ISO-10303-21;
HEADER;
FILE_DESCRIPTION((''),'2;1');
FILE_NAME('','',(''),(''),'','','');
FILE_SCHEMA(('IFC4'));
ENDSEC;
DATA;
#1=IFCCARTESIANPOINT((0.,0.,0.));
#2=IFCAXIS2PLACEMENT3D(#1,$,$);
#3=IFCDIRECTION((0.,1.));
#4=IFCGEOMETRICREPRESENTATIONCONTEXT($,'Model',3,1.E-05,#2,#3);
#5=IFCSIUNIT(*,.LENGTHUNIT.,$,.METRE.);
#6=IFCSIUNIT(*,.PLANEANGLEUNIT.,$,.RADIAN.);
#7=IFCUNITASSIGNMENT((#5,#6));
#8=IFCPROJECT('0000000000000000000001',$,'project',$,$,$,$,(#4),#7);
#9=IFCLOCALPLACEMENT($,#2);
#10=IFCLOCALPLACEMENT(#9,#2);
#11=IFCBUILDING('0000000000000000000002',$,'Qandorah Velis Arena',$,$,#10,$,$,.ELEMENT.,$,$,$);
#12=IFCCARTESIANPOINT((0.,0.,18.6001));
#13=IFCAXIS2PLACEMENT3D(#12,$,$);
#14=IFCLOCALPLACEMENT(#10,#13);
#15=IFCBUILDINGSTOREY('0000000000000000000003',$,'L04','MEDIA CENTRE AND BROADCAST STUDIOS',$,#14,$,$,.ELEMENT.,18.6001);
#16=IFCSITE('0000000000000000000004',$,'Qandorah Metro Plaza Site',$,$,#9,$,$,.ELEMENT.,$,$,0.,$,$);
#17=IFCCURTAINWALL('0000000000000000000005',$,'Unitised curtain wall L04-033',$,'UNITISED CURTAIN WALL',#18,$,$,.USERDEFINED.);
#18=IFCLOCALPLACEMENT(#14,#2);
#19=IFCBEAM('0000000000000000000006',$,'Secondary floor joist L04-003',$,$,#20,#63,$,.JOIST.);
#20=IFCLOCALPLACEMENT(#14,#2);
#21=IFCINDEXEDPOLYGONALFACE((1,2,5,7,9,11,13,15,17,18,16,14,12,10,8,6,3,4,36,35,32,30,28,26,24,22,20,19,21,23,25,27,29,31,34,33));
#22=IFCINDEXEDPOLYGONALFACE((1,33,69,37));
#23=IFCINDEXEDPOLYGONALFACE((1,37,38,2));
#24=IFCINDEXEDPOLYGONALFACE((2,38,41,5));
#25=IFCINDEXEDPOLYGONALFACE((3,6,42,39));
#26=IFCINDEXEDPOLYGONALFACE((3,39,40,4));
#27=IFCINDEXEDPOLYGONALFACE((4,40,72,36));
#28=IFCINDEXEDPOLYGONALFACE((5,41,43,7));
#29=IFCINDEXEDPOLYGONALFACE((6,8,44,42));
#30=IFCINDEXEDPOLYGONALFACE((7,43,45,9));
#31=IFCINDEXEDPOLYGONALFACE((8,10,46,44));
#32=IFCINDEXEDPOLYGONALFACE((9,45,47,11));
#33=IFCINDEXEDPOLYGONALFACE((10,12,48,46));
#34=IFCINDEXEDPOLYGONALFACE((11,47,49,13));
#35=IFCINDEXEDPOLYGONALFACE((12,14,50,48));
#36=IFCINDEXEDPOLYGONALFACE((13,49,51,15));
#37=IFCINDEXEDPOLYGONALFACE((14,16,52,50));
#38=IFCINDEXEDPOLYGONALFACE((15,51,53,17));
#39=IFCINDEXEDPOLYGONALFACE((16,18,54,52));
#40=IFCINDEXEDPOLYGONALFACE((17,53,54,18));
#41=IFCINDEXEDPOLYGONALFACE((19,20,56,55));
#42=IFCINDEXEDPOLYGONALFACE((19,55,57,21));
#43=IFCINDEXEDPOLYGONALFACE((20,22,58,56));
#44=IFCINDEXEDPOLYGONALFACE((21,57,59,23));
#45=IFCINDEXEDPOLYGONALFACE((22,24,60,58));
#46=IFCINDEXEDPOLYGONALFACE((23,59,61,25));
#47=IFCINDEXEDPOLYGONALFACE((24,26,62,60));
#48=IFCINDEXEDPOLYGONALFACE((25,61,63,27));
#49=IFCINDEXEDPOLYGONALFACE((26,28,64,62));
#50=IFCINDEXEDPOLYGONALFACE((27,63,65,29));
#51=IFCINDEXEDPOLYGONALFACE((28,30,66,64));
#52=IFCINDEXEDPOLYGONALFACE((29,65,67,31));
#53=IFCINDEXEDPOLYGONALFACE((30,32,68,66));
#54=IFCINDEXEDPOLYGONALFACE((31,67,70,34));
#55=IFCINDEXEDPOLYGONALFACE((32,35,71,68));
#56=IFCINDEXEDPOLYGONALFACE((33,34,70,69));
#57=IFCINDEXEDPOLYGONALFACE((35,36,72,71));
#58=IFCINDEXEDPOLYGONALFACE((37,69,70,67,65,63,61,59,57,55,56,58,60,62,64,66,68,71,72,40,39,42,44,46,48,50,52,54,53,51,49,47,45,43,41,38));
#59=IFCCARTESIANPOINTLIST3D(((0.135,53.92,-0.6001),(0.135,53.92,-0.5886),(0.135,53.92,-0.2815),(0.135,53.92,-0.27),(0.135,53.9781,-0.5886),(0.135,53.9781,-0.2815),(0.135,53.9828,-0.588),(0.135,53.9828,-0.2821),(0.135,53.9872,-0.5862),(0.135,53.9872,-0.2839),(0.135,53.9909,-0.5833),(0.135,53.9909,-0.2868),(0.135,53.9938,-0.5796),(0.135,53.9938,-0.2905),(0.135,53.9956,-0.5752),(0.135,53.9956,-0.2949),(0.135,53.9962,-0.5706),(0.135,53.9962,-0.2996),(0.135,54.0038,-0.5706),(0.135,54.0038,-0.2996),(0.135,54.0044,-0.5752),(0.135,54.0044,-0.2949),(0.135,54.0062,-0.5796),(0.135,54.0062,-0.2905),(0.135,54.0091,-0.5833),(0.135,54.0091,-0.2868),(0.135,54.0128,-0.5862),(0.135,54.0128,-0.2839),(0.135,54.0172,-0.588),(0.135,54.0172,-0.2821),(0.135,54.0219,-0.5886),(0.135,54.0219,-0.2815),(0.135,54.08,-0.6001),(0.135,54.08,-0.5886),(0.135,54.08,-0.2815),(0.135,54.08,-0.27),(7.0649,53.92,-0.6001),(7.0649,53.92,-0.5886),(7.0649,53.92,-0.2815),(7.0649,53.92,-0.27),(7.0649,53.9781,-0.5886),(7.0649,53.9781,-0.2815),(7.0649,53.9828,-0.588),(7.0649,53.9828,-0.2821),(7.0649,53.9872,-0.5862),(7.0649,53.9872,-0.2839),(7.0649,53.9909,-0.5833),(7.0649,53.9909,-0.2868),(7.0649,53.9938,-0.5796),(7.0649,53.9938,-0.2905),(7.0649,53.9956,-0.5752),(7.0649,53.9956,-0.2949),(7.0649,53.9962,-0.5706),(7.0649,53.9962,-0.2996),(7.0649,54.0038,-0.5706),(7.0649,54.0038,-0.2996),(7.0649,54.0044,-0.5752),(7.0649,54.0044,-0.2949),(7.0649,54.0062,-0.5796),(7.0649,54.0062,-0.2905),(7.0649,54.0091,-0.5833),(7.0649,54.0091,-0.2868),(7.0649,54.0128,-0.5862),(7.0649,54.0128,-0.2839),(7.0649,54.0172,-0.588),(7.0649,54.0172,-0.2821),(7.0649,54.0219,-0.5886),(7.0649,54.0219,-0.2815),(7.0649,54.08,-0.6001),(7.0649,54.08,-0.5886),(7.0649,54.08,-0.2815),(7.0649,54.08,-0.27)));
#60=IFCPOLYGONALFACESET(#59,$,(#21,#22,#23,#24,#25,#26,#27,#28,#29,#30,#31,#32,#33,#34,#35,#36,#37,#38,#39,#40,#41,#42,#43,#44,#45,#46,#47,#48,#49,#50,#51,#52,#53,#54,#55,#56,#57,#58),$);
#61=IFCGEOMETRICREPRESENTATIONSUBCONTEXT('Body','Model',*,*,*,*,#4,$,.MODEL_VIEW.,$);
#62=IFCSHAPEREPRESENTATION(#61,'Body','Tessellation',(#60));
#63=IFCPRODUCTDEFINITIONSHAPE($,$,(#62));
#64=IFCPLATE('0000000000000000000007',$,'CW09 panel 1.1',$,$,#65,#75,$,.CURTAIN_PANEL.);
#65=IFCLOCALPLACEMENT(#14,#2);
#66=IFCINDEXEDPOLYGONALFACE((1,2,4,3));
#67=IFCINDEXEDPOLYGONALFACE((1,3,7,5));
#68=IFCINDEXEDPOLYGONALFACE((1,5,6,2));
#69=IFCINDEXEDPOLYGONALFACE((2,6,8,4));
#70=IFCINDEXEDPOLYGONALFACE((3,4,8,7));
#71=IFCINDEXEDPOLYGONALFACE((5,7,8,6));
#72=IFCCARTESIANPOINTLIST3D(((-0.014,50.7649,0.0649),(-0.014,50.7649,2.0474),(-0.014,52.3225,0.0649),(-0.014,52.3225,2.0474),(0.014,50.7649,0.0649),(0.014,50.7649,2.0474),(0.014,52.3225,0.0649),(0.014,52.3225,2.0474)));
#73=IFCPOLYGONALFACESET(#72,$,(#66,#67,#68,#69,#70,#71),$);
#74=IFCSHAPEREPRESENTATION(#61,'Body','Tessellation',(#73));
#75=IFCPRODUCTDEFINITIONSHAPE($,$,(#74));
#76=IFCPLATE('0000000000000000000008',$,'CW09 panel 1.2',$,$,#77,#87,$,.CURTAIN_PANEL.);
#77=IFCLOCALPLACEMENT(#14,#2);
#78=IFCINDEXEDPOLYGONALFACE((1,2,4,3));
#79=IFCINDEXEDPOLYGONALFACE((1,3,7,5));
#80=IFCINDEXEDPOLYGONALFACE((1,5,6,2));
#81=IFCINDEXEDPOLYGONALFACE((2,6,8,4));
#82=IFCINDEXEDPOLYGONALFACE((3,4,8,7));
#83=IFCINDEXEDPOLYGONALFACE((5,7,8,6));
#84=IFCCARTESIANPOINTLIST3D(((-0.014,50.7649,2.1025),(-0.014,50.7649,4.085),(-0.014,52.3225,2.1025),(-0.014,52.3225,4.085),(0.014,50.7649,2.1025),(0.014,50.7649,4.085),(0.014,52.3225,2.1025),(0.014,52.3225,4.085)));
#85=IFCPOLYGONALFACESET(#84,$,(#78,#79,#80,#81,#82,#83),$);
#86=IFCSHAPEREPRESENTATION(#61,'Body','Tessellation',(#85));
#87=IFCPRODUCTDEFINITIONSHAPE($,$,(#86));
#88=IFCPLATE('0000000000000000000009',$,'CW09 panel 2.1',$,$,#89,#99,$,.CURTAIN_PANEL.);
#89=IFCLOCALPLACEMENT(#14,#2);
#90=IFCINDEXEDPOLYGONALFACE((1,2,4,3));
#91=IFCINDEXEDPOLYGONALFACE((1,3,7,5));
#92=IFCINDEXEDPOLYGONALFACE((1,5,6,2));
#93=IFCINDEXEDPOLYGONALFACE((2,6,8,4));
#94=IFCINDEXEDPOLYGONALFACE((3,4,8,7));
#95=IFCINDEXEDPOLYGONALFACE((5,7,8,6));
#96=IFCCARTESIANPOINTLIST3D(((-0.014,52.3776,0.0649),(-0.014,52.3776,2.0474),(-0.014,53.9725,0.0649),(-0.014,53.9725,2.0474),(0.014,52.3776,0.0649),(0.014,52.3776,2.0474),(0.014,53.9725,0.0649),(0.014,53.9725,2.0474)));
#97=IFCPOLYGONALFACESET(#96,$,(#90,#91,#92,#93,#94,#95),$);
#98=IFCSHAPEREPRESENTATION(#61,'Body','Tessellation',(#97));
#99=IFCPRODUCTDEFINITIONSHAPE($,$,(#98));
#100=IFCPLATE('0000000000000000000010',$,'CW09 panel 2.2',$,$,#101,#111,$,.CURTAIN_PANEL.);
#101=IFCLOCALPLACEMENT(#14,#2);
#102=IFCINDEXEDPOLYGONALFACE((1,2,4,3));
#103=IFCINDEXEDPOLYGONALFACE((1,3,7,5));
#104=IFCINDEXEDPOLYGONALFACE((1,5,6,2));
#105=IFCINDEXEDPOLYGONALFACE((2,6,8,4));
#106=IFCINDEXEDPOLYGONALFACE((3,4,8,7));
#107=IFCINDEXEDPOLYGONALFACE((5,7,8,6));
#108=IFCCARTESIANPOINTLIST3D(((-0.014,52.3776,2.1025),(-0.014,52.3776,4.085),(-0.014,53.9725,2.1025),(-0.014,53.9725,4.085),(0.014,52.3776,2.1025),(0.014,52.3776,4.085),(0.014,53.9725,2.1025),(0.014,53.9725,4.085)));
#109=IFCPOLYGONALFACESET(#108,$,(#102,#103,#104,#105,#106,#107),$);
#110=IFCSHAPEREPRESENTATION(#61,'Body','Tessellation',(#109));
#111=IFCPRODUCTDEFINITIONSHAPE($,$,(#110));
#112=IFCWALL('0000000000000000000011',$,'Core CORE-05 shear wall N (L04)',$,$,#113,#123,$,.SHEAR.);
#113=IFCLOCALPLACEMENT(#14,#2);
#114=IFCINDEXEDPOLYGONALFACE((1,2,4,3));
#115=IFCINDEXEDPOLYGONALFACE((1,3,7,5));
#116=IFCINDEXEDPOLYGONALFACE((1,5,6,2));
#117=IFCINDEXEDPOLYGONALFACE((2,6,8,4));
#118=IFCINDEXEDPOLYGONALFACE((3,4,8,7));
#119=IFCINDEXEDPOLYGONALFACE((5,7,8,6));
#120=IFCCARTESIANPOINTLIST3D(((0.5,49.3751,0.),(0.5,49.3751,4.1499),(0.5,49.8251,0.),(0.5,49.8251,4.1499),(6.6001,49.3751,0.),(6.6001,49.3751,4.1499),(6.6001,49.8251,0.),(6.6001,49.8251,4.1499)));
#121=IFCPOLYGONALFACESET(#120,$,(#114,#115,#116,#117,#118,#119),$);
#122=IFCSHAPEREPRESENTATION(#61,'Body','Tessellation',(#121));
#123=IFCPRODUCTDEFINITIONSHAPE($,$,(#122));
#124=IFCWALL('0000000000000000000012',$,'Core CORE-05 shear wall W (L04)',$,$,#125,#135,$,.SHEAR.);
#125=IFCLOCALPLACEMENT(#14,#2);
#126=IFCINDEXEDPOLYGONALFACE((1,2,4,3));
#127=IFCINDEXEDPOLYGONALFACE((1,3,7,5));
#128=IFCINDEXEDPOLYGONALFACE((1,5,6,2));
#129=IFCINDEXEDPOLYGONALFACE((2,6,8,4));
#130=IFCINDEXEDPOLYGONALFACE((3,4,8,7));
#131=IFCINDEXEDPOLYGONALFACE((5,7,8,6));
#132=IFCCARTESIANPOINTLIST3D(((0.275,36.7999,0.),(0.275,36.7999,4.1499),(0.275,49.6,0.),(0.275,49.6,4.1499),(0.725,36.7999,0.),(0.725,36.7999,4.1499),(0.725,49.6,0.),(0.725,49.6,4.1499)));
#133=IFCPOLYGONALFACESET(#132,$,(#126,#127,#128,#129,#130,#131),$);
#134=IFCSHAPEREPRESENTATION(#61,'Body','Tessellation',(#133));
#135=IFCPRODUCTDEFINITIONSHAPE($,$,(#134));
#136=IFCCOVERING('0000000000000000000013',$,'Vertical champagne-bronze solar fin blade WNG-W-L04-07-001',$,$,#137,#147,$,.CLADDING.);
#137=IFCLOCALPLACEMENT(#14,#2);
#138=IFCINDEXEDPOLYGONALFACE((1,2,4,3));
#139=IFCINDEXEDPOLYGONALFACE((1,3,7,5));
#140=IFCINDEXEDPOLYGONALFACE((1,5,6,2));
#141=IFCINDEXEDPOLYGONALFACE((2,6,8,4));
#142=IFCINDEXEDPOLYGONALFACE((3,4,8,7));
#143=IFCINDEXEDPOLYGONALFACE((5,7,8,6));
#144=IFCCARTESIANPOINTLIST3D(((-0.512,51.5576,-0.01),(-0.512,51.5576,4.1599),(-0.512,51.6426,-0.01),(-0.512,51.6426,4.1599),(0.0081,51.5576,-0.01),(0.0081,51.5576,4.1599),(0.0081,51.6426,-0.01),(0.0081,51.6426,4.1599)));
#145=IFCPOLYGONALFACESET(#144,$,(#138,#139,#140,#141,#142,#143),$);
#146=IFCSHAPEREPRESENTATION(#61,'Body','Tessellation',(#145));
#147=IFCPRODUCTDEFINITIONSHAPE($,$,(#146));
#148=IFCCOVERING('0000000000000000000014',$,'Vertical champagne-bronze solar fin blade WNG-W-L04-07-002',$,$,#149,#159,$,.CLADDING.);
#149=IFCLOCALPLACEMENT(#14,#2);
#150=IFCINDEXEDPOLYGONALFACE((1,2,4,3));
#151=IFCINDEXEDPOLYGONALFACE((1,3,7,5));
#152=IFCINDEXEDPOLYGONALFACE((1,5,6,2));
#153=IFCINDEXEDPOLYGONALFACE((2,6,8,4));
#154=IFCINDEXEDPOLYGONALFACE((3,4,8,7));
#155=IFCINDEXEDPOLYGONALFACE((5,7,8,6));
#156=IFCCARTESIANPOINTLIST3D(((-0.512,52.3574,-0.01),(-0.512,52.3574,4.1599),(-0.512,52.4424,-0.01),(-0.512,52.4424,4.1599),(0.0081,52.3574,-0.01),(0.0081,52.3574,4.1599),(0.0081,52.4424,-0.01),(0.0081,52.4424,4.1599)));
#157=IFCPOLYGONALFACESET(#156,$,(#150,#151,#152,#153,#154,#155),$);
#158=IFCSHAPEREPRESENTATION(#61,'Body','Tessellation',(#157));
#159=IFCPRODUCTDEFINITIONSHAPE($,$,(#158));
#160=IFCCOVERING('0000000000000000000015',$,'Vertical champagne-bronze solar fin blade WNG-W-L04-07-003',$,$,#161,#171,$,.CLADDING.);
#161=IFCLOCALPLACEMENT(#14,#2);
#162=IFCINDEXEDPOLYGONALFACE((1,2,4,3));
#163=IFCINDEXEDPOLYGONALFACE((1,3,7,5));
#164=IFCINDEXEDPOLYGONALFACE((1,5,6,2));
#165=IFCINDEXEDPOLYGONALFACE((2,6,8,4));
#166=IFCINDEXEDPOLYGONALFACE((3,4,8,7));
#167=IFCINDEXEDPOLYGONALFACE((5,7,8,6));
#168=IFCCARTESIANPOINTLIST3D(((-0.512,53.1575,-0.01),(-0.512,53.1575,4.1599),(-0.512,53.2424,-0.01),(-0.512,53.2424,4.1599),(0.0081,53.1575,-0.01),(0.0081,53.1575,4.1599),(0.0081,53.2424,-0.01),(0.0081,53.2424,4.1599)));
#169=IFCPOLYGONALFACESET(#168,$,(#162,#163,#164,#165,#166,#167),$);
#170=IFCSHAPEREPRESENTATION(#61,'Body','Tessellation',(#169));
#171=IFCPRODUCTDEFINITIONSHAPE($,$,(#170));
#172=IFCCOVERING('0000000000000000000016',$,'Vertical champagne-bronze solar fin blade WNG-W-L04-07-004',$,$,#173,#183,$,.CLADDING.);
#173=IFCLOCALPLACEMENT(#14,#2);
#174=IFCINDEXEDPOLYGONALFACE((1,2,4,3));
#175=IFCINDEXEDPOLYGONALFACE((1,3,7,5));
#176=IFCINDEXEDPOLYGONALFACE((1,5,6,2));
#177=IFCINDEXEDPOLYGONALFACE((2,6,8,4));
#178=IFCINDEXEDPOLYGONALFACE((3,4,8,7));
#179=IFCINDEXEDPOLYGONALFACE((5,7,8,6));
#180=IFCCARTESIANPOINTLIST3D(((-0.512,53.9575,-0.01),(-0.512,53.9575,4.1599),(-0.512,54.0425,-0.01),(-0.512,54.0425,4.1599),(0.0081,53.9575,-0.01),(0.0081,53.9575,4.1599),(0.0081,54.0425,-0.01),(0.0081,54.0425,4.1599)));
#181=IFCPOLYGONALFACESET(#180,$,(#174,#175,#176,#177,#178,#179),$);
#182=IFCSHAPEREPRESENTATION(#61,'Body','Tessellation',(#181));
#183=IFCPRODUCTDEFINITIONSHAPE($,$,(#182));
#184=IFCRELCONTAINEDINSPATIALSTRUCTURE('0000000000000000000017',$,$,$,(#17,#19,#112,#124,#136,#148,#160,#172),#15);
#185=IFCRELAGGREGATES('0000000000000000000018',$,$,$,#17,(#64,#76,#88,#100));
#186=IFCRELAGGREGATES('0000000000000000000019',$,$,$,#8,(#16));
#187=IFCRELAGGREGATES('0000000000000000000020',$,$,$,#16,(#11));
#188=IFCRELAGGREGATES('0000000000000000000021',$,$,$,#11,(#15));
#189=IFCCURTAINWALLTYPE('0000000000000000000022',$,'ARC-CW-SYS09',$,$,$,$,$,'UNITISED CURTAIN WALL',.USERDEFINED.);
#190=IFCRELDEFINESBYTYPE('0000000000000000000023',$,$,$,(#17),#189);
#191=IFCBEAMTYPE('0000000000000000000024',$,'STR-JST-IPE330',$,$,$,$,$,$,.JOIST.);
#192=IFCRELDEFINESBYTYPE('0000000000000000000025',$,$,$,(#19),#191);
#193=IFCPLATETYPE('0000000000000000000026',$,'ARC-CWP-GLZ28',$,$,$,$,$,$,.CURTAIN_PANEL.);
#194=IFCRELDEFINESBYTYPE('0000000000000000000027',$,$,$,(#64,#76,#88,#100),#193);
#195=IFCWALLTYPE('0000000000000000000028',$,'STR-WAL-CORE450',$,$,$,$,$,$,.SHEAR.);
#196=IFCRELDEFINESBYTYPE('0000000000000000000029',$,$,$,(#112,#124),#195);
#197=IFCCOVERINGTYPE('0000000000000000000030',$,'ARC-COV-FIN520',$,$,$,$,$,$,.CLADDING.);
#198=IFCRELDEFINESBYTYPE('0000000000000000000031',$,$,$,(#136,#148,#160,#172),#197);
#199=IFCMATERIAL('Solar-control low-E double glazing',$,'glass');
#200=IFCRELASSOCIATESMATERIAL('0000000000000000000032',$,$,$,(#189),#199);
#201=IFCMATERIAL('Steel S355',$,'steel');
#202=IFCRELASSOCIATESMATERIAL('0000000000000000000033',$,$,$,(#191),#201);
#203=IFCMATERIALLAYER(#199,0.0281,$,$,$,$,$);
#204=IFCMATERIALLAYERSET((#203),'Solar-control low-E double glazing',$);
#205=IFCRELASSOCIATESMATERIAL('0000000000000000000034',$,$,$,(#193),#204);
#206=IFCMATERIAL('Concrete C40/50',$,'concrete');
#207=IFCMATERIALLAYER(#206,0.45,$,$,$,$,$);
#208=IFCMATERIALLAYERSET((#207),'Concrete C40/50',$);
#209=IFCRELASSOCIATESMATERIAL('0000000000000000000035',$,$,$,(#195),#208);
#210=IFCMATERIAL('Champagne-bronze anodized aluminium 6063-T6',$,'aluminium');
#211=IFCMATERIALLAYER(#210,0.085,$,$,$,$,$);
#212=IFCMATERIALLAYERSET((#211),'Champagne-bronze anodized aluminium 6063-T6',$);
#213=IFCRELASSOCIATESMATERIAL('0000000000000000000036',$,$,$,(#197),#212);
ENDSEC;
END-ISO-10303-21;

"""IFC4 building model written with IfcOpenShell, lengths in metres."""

from ifc_helpers import new_model, si_unit, direction, frame, frame_2d, origin, origin_2d, place, context, subcontext, project, spatial, rectangle, i_section, extrude, material, layer, layer_set, material_profile, profile_set, type_object, element, aggregate, save


model = new_model("IFC4")

# Units and contexts
model_context = context("Model", 3, precision=1e-05, world=origin(), true_north=direction((0.0, 1.0)))
body_context = subcontext(model_context, "Body", "Model", "MODEL_VIEW")
ifc_project = project(units=[si_unit("LENGTHUNIT", "METRE"), si_unit("PLANEANGLEUNIT", "RADIAN")], contexts=[model_context])

# Site, building, storey
site_placement = place(None, origin())
site = spatial("IfcSite", under=ifc_project, at=site_placement, Name="Qandorah Metro Plaza Site", CompositionType="ELEMENT", RefElevation=0.0)
building_placement = place(site_placement, origin())
building = spatial("IfcBuilding", under=site, at=building_placement, Name="Qandorah Velis Arena", CompositionType="ELEMENT")
storey_placement = place(building_placement, frame((0.0, 0.0, 18.6001)))
storey = spatial("IfcBuildingStorey", under=building, at=storey_placement, Name="L04", Description="MEDIA CENTRE AND BROADCAST STUDIOS", CompositionType="ELEMENT", Elevation=18.6001)

# Shared definitions
ifc_material_1 = material(Name="Steel S355", Category="steel")
ifc_material_2 = material(Name="Concrete C40/50", Category="concrete")

# Curtain wall
ifc_material_3 = material(Name="Solar-control low-E double glazing", Category="glass")
curtain_wall_type = type_object("IfcCurtainWallType", Name="ARC-CW-SYS09", ElementType="UNITISED CURTAIN WALL", PredefinedType="USERDEFINED", material=ifc_material_3)
curtain_wall_placement = place(storey_placement, origin())
curtain_wall = element("IfcCurtainWall", 1, at=curtain_wall_placement, inside=storey, type_object=curtain_wall_type, Name="Unitised curtain wall L04-033", ObjectType="UNITISED CURTAIN WALL", PredefinedType="USERDEFINED")
ifc_material_4 = material(Name="Champagne-bronze anodized aluminium 6063-T6", Category="aluminium")

# Beam
ifc_material_profile_1 = material_profile(ifc_material_1, i_section(OverallWidth=0.1599, OverallDepth=0.3301, WebThickness=0.0076, FlangeThickness=0.0115, FilletRadius=0.0181, at=origin_2d()), Name="IPE 330")
ifc_profile_set_1 = profile_set([ifc_material_profile_1], Name="Steel S355")
beam_type_1 = type_object("IfcBeamType", Name="STR-JST-IPE330", PredefinedType="JOIST", material=ifc_profile_set_1)
beam_1_placement = place(storey_placement, frame((0.135, 54.0, -0.4351), z_axis=(1.0, 0.0, 0.0), x_axis=(0.0, 1.0, 0.0)))
element("IfcBeam", 2, at=beam_1_placement, inside=storey, type_object=beam_type_1, Name="Secondary floor joist L04-003", PredefinedType="JOIST", context=body_context, shape_type="SweptSolid", body=[
    extrude(i_section(OverallWidth=0.1599, OverallDepth=0.3301, WebThickness=0.0076, FlangeThickness=0.0115, FilletRadius=0.0181, at=origin_2d()), origin(), (0.0, 0.0, 1.0), 6.9299),
])

# Plates
ifc_layer_1 = layer(ifc_material_3, 0.0281)
ifc_layer_set_1 = layer_set([ifc_layer_1], Name="Solar-control low-E double glazing")
plate_type = type_object("IfcPlateType", Name="ARC-CWP-GLZ28", PredefinedType="CURTAIN_PANEL", material=ifc_layer_set_1)
plate_1_placement = place(storey_placement, frame((0.0, 51.5437, 0.0649), z_axis=(0.0, 0.0, 1.0), x_axis=(0.0, 1.0, 0.0)))
plate_1 = element("IfcPlate", 3, at=plate_1_placement, type_object=plate_type, Name="CW09 panel 1.1", PredefinedType="CURTAIN_PANEL", context=body_context, shape_type="SweptSolid", body=[
    extrude(rectangle(XDim=1.5576, YDim=0.0281, at=origin_2d()), origin(), (0.0, 0.0, 1.0), 1.9824),
])
plate_2_placement = place(storey_placement, frame((0.0, 51.5437, 2.1025), z_axis=(0.0, 0.0, 1.0), x_axis=(0.0, 1.0, 0.0)))
plate_2 = element("IfcPlate", 4, at=plate_2_placement, type_object=plate_type, Name="CW09 panel 1.2", PredefinedType="CURTAIN_PANEL", context=body_context, shape_type="SweptSolid", body=[
    extrude(rectangle(XDim=1.5576, YDim=0.0281, at=origin_2d()), origin(), (0.0, 0.0, 1.0), 1.9824),
])
plate_3_placement = place(storey_placement, frame((0.0, 53.175, 0.0649), z_axis=(0.0, 0.0, 1.0), x_axis=(0.0, 1.0, 0.0)))
plate_3 = element("IfcPlate", 5, at=plate_3_placement, type_object=plate_type, Name="CW09 panel 2.1", PredefinedType="CURTAIN_PANEL", context=body_context, shape_type="SweptSolid", body=[
    extrude(rectangle(XDim=1.595, YDim=0.0281, at=origin_2d()), origin(), (0.0, 0.0, 1.0), 1.9824),
])
plate_4_placement = place(storey_placement, frame((0.0, 53.175, 2.1025), z_axis=(0.0, 0.0, 1.0), x_axis=(0.0, 1.0, 0.0)))
plate_4 = element("IfcPlate", 6, at=plate_4_placement, type_object=plate_type, Name="CW09 panel 2.2", PredefinedType="CURTAIN_PANEL", context=body_context, shape_type="SweptSolid", body=[
    extrude(rectangle(XDim=1.595, YDim=0.0281, at=origin_2d()), origin(), (0.0, 0.0, 1.0), 1.9824),
])
aggregate(curtain_wall, [plate_1, plate_2, plate_3, plate_4])

# Walls
ifc_layer_2 = layer(ifc_material_2, 0.45)
ifc_layer_set_2 = layer_set([ifc_layer_2], Name="Concrete C40/50")
wall_type = type_object("IfcWallType", Name="STR-WAL-CORE450", PredefinedType="SHEAR", material=ifc_layer_set_2)
wall_1_placement = place(storey_placement, frame((0.5, 49.6001, 0.0), z_axis=(0.0, 0.0, 1.0), x_axis=(1.0, 0.0, 0.0)))
element("IfcWall", 7, at=wall_1_placement, inside=storey, type_object=wall_type, Name="Core CORE-05 shear wall N (L04)", PredefinedType="SHEAR", context=body_context, shape_type="SweptSolid", body=[
    extrude(rectangle(XDim=6.1001, YDim=0.45, at=frame_2d((3.05, 0.0))), origin(), (0.0, 0.0, 1.0), 4.1499),
])
wall_2_placement = place(storey_placement, frame((0.5, 36.8, 0.0), z_axis=(0.0, 0.0, 1.0), x_axis=(0.0, 1.0, 0.0)))
element("IfcWall", 8, at=wall_2_placement, inside=storey, type_object=wall_type, Name="Core CORE-05 shear wall W (L04)", PredefinedType="SHEAR", context=body_context, shape_type="SweptSolid", body=[
    extrude(rectangle(XDim=12.8, YDim=0.45, at=frame_2d((6.3999, 0.0))), origin(), (0.0, 0.0, 1.0), 4.1499),
])

# Coverings
ifc_layer_3 = layer(ifc_material_4, 0.085)
ifc_layer_set_3 = layer_set([ifc_layer_3], Name="Champagne-bronze anodized aluminium 6063-T6")
covering_type = type_object("IfcCoveringType", Name="ARC-COV-FIN520", PredefinedType="CLADDING", material=ifc_layer_set_3)
for number, where, z_axis, x_axis, name in (
    (9, (-0.252, 51.6001, -0.01), (0.0, 0.0, 1.0), (1.0, 0.0, 0.0), "Vertical champagne-bronze solar fin blade WNG-W-L04-07-001"),
    (10, (-0.252, 52.3999, -0.01), (0.0, 0.0, 1.0), (1.0, 0.0, 0.0), "Vertical champagne-bronze solar fin blade WNG-W-L04-07-002"),
    (11, (-0.252, 53.2, -0.01), (0.0, 0.0, 1.0), (1.0, 0.0, 0.0), "Vertical champagne-bronze solar fin blade WNG-W-L04-07-003"),
    (12, (-0.252, 54.0, -0.01), (0.0, 0.0, 1.0), (1.0, 0.0, 0.0), "Vertical champagne-bronze solar fin blade WNG-W-L04-07-004"),
):
    element("IfcCovering", number, at=place(storey_placement, frame(where, z_axis=z_axis, x_axis=x_axis)), inside=storey, type_object=covering_type, Name=name, PredefinedType="CLADDING", context=body_context, shape_type="SweptSolid", body=[
        extrude(rectangle(XDim=0.52, YDim=0.085, at=origin_2d()), origin(), (0.0, 0.0, 1.0), 4.1699),
    ])

save(model, "model.ifc")
